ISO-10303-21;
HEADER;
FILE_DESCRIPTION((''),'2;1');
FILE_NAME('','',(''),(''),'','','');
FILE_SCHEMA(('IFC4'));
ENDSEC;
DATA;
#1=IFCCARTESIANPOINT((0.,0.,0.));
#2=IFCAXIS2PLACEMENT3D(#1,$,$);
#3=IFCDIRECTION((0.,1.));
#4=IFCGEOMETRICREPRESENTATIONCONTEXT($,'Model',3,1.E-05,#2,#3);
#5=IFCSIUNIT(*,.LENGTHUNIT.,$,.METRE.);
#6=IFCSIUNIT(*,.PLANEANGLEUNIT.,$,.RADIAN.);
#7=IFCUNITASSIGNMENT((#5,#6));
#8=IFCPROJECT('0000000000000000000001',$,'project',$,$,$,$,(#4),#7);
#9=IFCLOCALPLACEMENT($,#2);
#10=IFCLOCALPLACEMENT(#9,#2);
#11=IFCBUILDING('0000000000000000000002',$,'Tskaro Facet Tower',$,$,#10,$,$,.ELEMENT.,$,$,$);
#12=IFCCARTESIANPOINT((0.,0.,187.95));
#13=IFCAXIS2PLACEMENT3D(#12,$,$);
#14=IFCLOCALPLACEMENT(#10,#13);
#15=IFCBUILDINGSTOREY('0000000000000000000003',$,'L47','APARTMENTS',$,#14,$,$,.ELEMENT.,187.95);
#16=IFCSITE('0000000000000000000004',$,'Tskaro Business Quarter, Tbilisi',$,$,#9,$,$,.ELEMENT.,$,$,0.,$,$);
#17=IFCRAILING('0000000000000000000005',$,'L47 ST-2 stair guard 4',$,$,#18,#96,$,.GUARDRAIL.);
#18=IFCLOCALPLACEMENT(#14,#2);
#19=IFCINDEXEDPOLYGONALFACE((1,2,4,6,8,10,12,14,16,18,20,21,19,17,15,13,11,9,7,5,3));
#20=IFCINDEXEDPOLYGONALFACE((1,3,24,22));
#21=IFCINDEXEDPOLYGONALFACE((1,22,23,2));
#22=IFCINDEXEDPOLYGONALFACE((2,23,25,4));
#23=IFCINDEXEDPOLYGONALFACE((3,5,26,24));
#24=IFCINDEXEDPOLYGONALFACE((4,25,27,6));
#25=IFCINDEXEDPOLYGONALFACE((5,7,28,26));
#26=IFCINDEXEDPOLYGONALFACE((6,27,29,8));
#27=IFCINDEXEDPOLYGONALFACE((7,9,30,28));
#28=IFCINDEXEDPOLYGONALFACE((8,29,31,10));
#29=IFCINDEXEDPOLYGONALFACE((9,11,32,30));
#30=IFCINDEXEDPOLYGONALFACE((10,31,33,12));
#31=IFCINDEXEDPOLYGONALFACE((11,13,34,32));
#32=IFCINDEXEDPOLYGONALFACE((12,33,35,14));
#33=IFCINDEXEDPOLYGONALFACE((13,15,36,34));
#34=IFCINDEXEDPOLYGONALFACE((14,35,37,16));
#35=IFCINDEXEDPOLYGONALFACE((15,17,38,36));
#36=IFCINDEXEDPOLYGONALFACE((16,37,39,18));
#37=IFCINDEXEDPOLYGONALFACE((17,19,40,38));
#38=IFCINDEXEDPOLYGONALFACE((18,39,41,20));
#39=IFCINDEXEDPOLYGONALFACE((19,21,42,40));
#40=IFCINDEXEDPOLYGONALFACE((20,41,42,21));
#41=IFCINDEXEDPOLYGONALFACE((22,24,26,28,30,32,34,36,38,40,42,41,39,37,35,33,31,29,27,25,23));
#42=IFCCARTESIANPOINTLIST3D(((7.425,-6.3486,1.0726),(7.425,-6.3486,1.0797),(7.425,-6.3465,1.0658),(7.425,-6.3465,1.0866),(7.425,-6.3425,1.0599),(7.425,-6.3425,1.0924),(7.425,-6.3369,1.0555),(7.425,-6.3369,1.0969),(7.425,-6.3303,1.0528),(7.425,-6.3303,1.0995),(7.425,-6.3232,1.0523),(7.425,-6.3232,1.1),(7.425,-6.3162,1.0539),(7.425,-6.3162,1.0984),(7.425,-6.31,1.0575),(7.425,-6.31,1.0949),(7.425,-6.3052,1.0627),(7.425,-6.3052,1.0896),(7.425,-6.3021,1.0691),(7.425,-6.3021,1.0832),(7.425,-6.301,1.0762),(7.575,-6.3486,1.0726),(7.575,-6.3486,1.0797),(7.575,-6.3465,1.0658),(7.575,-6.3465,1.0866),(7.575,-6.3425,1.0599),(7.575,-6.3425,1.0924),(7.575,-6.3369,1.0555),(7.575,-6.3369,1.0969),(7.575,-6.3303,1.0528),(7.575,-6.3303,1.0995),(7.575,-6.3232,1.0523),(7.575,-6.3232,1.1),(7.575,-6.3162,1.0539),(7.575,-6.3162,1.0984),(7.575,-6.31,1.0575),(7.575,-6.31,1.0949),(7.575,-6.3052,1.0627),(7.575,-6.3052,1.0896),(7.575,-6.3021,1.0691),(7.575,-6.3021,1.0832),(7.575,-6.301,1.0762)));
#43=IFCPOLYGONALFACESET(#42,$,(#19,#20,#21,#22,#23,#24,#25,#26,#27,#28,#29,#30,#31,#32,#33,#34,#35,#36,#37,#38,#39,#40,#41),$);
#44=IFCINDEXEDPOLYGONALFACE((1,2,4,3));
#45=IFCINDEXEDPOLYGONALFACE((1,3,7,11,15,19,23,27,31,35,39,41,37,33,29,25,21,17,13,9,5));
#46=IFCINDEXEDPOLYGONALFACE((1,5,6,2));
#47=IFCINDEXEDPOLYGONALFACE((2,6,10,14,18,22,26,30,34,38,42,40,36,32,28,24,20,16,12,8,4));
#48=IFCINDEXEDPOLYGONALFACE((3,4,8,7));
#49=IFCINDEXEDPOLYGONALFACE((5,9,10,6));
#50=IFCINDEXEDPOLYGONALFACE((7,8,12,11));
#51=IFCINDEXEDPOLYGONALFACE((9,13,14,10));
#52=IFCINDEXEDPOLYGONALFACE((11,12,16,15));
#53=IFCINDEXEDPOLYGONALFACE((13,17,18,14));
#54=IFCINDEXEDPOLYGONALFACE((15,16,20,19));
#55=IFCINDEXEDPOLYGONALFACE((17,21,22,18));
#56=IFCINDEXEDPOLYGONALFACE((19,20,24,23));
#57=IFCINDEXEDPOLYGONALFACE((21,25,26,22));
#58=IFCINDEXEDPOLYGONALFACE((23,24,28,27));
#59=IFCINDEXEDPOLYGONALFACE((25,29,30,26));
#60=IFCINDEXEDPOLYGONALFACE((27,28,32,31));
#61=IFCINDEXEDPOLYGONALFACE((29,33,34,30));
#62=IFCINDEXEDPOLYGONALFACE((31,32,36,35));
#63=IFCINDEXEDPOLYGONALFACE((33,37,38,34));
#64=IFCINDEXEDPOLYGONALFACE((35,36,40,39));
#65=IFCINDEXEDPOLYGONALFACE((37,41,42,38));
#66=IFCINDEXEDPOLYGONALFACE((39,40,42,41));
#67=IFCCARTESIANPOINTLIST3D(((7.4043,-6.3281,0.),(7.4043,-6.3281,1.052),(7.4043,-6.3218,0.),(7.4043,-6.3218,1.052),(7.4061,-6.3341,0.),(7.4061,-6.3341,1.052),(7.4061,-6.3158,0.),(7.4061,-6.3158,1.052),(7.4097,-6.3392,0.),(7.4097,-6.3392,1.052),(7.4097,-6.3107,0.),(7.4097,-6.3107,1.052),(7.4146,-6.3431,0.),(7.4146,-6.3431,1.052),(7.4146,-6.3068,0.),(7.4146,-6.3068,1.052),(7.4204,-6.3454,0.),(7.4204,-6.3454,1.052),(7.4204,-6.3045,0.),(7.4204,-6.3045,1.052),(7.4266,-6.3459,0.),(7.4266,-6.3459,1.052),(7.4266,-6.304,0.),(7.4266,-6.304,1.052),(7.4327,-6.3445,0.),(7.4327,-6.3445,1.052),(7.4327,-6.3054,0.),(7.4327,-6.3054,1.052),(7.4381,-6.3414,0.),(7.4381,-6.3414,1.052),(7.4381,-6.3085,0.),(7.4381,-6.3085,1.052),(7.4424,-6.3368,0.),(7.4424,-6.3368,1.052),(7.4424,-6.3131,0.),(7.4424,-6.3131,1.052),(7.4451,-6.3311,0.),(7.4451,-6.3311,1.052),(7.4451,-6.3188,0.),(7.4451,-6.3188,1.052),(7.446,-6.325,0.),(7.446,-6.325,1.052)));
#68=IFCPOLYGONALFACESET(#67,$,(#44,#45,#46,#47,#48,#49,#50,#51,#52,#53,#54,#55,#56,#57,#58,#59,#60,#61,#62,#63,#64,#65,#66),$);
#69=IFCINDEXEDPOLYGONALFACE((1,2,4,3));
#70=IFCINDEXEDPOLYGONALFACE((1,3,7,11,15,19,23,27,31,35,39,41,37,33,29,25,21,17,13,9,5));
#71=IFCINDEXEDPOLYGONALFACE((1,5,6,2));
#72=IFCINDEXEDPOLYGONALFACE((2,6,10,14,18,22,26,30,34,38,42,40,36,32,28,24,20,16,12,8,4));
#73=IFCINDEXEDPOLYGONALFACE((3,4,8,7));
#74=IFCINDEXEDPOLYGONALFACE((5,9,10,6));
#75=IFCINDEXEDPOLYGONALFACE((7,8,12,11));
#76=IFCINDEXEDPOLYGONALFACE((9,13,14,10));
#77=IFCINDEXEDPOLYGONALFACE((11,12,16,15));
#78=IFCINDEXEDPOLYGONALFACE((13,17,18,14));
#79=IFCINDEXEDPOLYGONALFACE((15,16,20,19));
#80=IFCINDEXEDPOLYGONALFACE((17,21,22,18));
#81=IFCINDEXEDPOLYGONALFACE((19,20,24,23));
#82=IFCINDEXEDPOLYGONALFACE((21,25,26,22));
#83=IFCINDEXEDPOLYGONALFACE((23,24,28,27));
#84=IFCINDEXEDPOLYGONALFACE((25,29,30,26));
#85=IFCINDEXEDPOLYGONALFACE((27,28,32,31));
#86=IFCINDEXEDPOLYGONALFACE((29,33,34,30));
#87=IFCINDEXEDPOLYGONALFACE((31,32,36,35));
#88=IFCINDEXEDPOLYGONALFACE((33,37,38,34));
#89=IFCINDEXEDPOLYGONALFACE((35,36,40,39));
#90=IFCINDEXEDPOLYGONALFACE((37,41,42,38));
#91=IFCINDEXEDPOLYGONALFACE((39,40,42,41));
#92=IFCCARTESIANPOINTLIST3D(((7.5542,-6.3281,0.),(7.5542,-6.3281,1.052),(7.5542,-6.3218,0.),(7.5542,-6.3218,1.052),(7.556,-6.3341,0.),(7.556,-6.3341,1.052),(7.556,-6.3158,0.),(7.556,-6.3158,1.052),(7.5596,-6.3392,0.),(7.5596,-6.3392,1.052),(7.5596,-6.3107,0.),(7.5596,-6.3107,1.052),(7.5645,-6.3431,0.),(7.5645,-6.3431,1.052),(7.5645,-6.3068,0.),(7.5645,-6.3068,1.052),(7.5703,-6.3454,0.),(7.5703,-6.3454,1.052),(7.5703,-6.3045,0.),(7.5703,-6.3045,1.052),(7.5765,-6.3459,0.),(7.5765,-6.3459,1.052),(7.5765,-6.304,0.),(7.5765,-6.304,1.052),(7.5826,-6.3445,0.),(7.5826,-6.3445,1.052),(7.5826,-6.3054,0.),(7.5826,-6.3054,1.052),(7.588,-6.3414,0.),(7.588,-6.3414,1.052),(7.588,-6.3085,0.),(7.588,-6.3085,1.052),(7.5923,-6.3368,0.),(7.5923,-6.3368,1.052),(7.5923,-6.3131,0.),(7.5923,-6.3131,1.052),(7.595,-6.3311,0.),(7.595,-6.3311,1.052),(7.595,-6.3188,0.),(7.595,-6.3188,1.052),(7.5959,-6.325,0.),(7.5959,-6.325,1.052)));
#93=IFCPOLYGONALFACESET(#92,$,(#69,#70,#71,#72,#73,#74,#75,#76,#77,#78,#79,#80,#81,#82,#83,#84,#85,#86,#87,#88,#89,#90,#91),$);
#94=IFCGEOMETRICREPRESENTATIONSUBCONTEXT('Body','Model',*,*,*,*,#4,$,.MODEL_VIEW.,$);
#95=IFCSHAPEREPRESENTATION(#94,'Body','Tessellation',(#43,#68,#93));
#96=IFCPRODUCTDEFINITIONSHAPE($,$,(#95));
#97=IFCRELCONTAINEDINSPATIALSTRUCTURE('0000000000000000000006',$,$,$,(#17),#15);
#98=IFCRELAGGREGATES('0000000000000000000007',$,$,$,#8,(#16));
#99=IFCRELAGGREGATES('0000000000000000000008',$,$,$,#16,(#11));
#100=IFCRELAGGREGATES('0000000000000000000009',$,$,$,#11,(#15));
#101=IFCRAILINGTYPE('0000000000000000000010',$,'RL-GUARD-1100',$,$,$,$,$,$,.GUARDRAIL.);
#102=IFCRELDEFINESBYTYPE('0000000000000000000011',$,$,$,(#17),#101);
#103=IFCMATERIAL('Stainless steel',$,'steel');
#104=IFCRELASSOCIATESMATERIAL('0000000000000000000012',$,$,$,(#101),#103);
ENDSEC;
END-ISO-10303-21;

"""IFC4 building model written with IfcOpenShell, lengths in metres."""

from ifc_helpers import new_model, si_unit, direction, frame, origin, origin_2d, place, context, subcontext, project, spatial, circle, extrude, material, type_object, element, save


model = new_model("IFC4")

# Units and contexts
model_context = context("Model", 3, precision=1e-05, world=origin(), true_north=direction((0.0, 1.0)))
body_context = subcontext(model_context, "Body", "Model", "MODEL_VIEW")
ifc_project = project(units=[si_unit("LENGTHUNIT", "METRE"), si_unit("PLANEANGLEUNIT", "RADIAN")], contexts=[model_context])

# Site, building, storey
site_placement = place(None, origin())
site = spatial("IfcSite", under=ifc_project, at=site_placement, Name="Tskaro Business Quarter, Tbilisi", CompositionType="ELEMENT", RefElevation=0.0)
building_placement = place(site_placement, origin())
building = spatial("IfcBuilding", under=site, at=building_placement, Name="Tskaro Facet Tower", CompositionType="ELEMENT")
storey_placement = place(building_placement, frame((0.0, 0.0, 187.95)))
storey = spatial("IfcBuildingStorey", under=building, at=storey_placement, Name="L47", Description="APARTMENTS", CompositionType="ELEMENT", Elevation=187.95)

# Shared definitions
ifc_material_1 = material(Name="Stainless steel", Category="steel")

# Railing
railing_type_1 = type_object("IfcRailingType", Name="RL-GUARD-1100", PredefinedType="GUARDRAIL", material=ifc_material_1)
railing_1_placement = place(storey_placement, frame((7.425, -6.325, 0.0)))
element("IfcRailing", 1, at=railing_1_placement, inside=storey, type_object=railing_type_1, Name="L47 ST-2 stair guard 4", PredefinedType="GUARDRAIL", context=body_context, shape_type="SweptSolid", body=[
    extrude(circle(Radius=0.0239, at=origin_2d()), frame((0.0, 0.0, 1.0762), z_axis=(1.0, 0.0, 0.0), x_axis=(0.0, 1.0, 0.0)), (0.0, 0.0, 1.0), 0.1499),
    extrude(circle(Radius=0.021, at=origin_2d()), origin(), (0.0, 0.0, 1.0), 1.052),
    extrude(circle(Radius=0.021, at=origin_2d()), frame((0.1499, 0.0, 0.0)), (0.0, 0.0, 1.0), 1.052),
])

save(model, "model.ifc")
